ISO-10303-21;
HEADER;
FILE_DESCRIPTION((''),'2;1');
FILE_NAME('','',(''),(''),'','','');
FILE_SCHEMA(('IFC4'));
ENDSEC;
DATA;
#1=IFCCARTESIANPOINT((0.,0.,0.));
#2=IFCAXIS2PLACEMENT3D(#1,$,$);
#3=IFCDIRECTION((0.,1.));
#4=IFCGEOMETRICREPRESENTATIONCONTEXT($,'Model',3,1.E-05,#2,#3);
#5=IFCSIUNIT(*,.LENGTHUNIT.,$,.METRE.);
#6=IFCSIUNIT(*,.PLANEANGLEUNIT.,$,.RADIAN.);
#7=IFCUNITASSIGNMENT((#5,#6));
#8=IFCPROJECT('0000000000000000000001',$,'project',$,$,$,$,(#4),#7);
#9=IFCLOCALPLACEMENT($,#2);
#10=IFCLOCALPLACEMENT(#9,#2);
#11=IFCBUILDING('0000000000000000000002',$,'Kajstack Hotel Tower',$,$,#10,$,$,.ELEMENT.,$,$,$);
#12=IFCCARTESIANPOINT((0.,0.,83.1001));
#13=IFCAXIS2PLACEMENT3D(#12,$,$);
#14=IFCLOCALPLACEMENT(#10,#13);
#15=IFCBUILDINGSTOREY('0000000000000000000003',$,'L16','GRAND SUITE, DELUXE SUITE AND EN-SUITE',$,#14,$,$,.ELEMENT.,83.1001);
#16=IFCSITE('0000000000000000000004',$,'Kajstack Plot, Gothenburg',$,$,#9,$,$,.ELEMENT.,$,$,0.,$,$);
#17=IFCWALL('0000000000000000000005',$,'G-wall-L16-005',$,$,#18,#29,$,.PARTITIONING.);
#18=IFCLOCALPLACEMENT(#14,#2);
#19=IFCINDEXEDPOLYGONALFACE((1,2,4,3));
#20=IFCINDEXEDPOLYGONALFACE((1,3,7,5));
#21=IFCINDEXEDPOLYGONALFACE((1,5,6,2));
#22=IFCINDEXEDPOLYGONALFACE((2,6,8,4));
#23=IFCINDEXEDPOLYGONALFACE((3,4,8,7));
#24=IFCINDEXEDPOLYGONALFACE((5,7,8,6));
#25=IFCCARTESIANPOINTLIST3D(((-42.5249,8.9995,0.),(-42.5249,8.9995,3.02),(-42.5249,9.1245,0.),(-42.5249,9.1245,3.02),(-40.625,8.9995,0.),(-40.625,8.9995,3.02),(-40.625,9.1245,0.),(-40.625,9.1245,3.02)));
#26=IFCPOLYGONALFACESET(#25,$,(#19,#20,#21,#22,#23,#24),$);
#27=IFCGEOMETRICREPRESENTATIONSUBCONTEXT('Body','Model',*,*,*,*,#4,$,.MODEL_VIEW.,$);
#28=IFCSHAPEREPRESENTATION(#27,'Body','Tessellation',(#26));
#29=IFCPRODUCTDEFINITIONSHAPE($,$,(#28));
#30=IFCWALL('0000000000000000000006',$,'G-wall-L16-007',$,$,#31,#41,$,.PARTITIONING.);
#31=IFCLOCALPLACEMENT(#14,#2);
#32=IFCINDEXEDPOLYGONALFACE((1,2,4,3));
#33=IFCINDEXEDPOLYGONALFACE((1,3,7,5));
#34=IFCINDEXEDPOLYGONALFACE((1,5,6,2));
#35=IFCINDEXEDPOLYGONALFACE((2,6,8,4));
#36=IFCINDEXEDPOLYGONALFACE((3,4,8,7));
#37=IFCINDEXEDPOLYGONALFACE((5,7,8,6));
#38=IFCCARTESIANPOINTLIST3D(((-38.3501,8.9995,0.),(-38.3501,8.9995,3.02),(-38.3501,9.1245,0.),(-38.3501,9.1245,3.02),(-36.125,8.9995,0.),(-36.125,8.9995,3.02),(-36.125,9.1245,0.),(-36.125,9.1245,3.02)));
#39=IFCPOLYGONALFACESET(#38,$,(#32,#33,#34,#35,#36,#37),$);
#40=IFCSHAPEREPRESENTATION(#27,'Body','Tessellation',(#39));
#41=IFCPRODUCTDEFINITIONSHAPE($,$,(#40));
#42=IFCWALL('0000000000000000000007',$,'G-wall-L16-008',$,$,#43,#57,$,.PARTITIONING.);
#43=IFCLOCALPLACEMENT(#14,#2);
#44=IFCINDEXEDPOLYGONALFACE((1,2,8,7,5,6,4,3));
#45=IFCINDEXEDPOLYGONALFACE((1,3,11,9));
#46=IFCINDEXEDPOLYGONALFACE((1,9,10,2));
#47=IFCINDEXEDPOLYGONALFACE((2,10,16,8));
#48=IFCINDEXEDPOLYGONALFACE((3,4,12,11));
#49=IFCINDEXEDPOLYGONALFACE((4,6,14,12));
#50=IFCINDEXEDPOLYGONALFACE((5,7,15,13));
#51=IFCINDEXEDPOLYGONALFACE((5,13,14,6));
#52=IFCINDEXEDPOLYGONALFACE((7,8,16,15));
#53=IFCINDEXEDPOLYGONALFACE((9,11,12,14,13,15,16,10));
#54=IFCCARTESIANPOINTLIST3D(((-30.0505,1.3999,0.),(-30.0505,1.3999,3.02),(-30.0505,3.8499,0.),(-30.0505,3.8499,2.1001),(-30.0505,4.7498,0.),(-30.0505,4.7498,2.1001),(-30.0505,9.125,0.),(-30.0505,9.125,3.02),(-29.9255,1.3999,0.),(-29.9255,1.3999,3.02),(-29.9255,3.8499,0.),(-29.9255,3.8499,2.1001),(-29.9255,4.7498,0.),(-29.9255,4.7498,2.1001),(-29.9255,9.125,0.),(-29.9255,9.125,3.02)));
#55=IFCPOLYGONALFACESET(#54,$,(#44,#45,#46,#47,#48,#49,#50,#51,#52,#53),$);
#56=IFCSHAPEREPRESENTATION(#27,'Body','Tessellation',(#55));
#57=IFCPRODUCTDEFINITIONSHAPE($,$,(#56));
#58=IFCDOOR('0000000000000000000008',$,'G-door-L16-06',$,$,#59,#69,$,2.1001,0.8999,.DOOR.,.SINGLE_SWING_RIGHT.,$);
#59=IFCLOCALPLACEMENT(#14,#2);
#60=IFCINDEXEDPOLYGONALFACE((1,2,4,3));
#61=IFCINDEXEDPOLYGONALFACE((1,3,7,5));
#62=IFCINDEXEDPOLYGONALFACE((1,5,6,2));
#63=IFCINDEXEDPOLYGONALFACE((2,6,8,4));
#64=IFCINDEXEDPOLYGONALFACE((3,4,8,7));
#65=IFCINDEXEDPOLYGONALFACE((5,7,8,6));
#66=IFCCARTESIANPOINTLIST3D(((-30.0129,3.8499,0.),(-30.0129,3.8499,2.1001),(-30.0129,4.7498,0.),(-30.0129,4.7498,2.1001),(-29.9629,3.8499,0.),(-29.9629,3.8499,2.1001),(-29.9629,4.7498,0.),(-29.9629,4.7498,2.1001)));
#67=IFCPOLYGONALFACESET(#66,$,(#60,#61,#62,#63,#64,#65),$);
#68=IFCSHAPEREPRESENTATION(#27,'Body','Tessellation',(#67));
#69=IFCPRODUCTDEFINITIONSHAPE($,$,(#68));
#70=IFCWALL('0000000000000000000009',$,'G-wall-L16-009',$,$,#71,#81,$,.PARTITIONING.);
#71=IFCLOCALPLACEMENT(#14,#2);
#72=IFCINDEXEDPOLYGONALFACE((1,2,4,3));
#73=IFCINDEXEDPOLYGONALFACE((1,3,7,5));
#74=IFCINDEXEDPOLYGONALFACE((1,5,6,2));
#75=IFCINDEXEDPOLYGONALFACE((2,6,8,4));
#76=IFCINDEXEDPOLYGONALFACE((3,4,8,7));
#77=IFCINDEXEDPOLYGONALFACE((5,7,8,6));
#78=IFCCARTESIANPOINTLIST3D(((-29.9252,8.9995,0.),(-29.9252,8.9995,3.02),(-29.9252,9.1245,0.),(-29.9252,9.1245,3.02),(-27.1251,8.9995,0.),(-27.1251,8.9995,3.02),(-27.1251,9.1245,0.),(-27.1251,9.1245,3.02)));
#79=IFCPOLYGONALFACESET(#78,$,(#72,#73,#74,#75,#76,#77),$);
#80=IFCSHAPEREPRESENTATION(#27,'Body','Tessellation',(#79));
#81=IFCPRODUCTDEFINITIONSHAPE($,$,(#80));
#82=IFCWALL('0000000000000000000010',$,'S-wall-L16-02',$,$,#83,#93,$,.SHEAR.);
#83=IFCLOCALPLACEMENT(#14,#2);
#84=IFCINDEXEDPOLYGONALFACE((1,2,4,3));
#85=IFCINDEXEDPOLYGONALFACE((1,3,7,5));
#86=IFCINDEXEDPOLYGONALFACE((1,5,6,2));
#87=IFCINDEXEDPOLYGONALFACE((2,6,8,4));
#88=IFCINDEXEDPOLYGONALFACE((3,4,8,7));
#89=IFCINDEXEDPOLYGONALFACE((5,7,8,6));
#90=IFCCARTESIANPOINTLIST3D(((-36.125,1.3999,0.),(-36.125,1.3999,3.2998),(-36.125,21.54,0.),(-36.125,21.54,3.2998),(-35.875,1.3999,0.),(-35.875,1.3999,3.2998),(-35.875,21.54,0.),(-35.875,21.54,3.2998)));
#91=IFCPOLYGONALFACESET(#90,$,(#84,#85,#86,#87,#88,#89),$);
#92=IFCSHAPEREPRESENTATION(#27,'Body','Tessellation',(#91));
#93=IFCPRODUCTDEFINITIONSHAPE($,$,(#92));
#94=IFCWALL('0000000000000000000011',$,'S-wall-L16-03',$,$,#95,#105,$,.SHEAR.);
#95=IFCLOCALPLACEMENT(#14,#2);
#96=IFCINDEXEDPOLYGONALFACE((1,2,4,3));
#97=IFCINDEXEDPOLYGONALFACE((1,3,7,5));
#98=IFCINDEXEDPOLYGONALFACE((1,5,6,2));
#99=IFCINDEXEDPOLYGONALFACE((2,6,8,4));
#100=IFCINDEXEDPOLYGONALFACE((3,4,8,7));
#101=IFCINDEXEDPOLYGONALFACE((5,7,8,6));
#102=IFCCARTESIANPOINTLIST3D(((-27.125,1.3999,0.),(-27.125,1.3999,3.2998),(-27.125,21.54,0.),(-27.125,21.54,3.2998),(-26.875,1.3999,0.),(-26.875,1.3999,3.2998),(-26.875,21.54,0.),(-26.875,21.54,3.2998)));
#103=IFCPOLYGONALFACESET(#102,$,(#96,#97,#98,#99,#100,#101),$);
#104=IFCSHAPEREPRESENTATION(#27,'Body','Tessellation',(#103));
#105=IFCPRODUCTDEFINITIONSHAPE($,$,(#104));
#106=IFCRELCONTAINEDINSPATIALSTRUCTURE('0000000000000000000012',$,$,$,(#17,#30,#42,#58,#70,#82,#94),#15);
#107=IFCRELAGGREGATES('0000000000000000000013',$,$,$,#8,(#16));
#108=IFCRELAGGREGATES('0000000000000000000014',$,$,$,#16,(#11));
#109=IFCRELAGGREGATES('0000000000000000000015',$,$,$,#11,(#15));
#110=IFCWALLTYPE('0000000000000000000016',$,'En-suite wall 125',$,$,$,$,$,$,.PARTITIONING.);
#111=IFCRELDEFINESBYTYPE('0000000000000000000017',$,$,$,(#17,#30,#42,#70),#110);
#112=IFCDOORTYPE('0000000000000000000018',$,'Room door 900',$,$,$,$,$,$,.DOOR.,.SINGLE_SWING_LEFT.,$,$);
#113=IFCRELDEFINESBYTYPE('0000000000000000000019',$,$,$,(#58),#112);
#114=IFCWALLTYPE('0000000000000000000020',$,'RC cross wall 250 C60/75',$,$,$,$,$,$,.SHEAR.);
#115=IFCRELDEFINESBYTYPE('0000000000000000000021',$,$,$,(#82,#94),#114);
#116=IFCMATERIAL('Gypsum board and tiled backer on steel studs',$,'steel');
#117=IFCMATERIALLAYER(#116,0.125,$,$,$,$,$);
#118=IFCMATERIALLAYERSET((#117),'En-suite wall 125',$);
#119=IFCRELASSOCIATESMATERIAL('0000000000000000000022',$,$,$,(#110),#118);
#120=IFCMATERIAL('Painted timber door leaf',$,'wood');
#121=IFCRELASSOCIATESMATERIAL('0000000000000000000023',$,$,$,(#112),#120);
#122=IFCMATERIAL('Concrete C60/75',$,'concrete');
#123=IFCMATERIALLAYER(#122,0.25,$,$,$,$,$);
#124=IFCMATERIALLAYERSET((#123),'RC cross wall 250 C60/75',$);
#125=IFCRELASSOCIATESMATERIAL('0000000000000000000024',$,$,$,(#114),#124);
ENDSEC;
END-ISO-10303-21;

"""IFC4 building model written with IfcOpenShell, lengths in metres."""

from ifc_helpers import new_model, si_unit, direction, frame, frame_2d, origin, place, context, subcontext, project, spatial, rectangle, extrude, material, layer, layer_set, type_object, element, fill, save


model = new_model("IFC4")

# Units and contexts
model_context = context("Model", 3, precision=1e-05, world=origin(), true_north=direction((0.0, 1.0)))
body_context = subcontext(model_context, "Body", "Model", "MODEL_VIEW")
ifc_project = project(units=[si_unit("LENGTHUNIT", "METRE"), si_unit("PLANEANGLEUNIT", "RADIAN")], contexts=[model_context])

# Site, building, storey
site_placement = place(None, origin())
site = spatial("IfcSite", under=ifc_project, at=site_placement, Name="Kajstack Plot, Gothenburg", CompositionType="ELEMENT", RefElevation=0.0)
building_placement = place(site_placement, origin())
building = spatial("IfcBuilding", under=site, at=building_placement, Name="Kajstack Hotel Tower", CompositionType="ELEMENT")
storey_placement = place(building_placement, frame((0.0, 0.0, 83.1001)))
storey = spatial("IfcBuildingStorey", under=building, at=storey_placement, Name="L16", Description="GRAND SUITE, DELUXE SUITE AND EN-SUITE", CompositionType="ELEMENT", Elevation=83.1001)

# Walls
ifc_material_1 = material(Name="Gypsum board and tiled backer on steel studs", Category="steel")
ifc_layer_1 = layer(ifc_material_1, 0.125)
ifc_layer_set_1 = layer_set([ifc_layer_1], Name="En-suite wall 125")
wall_type_1 = type_object("IfcWallType", Name="En-suite wall 125", PredefinedType="PARTITIONING", material=ifc_layer_set_1)
wall_1_placement = place(storey_placement, frame((-42.5249, 9.062, 0.0), z_axis=(0.0, 0.0, 1.0), x_axis=(1.0, 0.0, 0.0)))
element("IfcWall", 1, at=wall_1_placement, inside=storey, type_object=wall_type_1, Name="G-wall-L16-005", PredefinedType="PARTITIONING", context=body_context, shape_type="SweptSolid", body=[
    extrude(rectangle(XDim=1.8999, YDim=0.125, at=frame_2d((0.95, 0.0))), origin(), (0.0, 0.0, 1.0), 3.02),
])
wall_2_placement = place(storey_placement, frame((-38.3501, 9.062, 0.0), z_axis=(0.0, 0.0, 1.0), x_axis=(1.0, 0.0, 0.0)))
element("IfcWall", 2, at=wall_2_placement, inside=storey, type_object=wall_type_1, Name="G-wall-L16-007", PredefinedType="PARTITIONING", context=body_context, shape_type="SweptSolid", body=[
    extrude(rectangle(XDim=2.2251, YDim=0.125, at=frame_2d((1.1125, 0.0))), origin(), (0.0, 0.0, 1.0), 3.02),
])

# Wall, opening, door
wall_3_placement = place(storey_placement, frame((-29.988, 1.3999, 0.0), z_axis=(0.0, 0.0, 1.0), x_axis=(0.0, 1.0, 0.0)))
wall_3 = element("IfcWall", 3, at=wall_3_placement, inside=storey, type_object=wall_type_1, Name="G-wall-L16-008", PredefinedType="PARTITIONING", context=body_context, shape_type="SweptSolid", body=[
    extrude(rectangle(XDim=7.7251, YDim=0.125, at=frame_2d((3.8625, 0.0))), origin(), (0.0, 0.0, 1.0), 3.02),
])
opening_1_placement = place(wall_3_placement, frame((2.45, 0.0, 0.0)))
opening_1 = element("IfcOpeningElement", 4, at=opening_1_placement, cuts=wall_3, PredefinedType="OPENING", context=body_context, shape_type="SweptSolid", body=[
    extrude(rectangle(XDim=0.8999, YDim=2.1001, at=frame_2d((0.45, 1.05))), frame((0.0, 0.0725, 0.0), z_axis=(0.0, -1.0, 0.0), x_axis=(1.0, 0.0, 0.0)), (0.0, 0.0, 1.0), 0.145),
])
ifc_material_2 = material(Name="Painted timber door leaf", Category="wood")
door_type = type_object("IfcDoorType", Name="Room door 900", OperationType="SINGLE_SWING_LEFT", PredefinedType="DOOR", material=ifc_material_2)
door_placement = place(opening_1_placement, origin())
door = element("IfcDoor", 5, at=door_placement, inside=storey, type_object=door_type, Name="G-door-L16-06", OperationType="SINGLE_SWING_RIGHT", OverallHeight=2.1001, OverallWidth=0.8999, PredefinedType="DOOR", context=body_context, shape_type="SweptSolid", body=[
    extrude(rectangle(XDim=0.8999, YDim=2.1001, at=frame_2d((0.45, 1.05))), frame((0.0, 0.0249, 0.0), z_axis=(0.0, -1.0, 0.0), x_axis=(1.0, 0.0, 0.0)), (0.0, 0.0, 1.0), 0.05),
])
fill(opening_1, door)

# Walls
wall_4_placement = place(storey_placement, frame((-29.925, 9.062, 0.0), z_axis=(0.0, 0.0, 1.0), x_axis=(1.0, 0.0, 0.0)))
element("IfcWall", 6, at=wall_4_placement, inside=storey, type_object=wall_type_1, Name="G-wall-L16-009", PredefinedType="PARTITIONING", context=body_context, shape_type="SweptSolid", body=[
    extrude(rectangle(XDim=2.8, YDim=0.125, at=frame_2d((1.3999, 0.0))), origin(), (0.0, 0.0, 1.0), 3.02),
])
ifc_material_3 = material(Name="Concrete C60/75", Category="concrete")
ifc_layer_2 = layer(ifc_material_3, 0.25)
ifc_layer_set_2 = layer_set([ifc_layer_2], Name="RC cross wall 250 C60/75")
wall_type_2 = type_object("IfcWallType", Name="RC cross wall 250 C60/75", PredefinedType="SHEAR", material=ifc_layer_set_2)
for number, where, z_axis, x_axis, name in (
    (7, (-36.0, 1.3999, 0.0), (0.0, 0.0, 1.0), (0.0, 1.0, 0.0), "S-wall-L16-02"),
    (8, (-27.0, 1.3999, 0.0), (0.0, 0.0, 1.0), (0.0, 1.0, 0.0), "S-wall-L16-03"),
):
    element("IfcWall", number, at=place(storey_placement, frame(where, z_axis=z_axis, x_axis=x_axis)), inside=storey, type_object=wall_type_2, Name=name, PredefinedType="SHEAR", context=body_context, shape_type="SweptSolid", body=[
        extrude(rectangle(XDim=20.1401, YDim=0.25, at=frame_2d((10.0701, 0.0))), origin(), (0.0, 0.0, 1.0), 3.2998),
    ])

save(model, "model.ifc")
